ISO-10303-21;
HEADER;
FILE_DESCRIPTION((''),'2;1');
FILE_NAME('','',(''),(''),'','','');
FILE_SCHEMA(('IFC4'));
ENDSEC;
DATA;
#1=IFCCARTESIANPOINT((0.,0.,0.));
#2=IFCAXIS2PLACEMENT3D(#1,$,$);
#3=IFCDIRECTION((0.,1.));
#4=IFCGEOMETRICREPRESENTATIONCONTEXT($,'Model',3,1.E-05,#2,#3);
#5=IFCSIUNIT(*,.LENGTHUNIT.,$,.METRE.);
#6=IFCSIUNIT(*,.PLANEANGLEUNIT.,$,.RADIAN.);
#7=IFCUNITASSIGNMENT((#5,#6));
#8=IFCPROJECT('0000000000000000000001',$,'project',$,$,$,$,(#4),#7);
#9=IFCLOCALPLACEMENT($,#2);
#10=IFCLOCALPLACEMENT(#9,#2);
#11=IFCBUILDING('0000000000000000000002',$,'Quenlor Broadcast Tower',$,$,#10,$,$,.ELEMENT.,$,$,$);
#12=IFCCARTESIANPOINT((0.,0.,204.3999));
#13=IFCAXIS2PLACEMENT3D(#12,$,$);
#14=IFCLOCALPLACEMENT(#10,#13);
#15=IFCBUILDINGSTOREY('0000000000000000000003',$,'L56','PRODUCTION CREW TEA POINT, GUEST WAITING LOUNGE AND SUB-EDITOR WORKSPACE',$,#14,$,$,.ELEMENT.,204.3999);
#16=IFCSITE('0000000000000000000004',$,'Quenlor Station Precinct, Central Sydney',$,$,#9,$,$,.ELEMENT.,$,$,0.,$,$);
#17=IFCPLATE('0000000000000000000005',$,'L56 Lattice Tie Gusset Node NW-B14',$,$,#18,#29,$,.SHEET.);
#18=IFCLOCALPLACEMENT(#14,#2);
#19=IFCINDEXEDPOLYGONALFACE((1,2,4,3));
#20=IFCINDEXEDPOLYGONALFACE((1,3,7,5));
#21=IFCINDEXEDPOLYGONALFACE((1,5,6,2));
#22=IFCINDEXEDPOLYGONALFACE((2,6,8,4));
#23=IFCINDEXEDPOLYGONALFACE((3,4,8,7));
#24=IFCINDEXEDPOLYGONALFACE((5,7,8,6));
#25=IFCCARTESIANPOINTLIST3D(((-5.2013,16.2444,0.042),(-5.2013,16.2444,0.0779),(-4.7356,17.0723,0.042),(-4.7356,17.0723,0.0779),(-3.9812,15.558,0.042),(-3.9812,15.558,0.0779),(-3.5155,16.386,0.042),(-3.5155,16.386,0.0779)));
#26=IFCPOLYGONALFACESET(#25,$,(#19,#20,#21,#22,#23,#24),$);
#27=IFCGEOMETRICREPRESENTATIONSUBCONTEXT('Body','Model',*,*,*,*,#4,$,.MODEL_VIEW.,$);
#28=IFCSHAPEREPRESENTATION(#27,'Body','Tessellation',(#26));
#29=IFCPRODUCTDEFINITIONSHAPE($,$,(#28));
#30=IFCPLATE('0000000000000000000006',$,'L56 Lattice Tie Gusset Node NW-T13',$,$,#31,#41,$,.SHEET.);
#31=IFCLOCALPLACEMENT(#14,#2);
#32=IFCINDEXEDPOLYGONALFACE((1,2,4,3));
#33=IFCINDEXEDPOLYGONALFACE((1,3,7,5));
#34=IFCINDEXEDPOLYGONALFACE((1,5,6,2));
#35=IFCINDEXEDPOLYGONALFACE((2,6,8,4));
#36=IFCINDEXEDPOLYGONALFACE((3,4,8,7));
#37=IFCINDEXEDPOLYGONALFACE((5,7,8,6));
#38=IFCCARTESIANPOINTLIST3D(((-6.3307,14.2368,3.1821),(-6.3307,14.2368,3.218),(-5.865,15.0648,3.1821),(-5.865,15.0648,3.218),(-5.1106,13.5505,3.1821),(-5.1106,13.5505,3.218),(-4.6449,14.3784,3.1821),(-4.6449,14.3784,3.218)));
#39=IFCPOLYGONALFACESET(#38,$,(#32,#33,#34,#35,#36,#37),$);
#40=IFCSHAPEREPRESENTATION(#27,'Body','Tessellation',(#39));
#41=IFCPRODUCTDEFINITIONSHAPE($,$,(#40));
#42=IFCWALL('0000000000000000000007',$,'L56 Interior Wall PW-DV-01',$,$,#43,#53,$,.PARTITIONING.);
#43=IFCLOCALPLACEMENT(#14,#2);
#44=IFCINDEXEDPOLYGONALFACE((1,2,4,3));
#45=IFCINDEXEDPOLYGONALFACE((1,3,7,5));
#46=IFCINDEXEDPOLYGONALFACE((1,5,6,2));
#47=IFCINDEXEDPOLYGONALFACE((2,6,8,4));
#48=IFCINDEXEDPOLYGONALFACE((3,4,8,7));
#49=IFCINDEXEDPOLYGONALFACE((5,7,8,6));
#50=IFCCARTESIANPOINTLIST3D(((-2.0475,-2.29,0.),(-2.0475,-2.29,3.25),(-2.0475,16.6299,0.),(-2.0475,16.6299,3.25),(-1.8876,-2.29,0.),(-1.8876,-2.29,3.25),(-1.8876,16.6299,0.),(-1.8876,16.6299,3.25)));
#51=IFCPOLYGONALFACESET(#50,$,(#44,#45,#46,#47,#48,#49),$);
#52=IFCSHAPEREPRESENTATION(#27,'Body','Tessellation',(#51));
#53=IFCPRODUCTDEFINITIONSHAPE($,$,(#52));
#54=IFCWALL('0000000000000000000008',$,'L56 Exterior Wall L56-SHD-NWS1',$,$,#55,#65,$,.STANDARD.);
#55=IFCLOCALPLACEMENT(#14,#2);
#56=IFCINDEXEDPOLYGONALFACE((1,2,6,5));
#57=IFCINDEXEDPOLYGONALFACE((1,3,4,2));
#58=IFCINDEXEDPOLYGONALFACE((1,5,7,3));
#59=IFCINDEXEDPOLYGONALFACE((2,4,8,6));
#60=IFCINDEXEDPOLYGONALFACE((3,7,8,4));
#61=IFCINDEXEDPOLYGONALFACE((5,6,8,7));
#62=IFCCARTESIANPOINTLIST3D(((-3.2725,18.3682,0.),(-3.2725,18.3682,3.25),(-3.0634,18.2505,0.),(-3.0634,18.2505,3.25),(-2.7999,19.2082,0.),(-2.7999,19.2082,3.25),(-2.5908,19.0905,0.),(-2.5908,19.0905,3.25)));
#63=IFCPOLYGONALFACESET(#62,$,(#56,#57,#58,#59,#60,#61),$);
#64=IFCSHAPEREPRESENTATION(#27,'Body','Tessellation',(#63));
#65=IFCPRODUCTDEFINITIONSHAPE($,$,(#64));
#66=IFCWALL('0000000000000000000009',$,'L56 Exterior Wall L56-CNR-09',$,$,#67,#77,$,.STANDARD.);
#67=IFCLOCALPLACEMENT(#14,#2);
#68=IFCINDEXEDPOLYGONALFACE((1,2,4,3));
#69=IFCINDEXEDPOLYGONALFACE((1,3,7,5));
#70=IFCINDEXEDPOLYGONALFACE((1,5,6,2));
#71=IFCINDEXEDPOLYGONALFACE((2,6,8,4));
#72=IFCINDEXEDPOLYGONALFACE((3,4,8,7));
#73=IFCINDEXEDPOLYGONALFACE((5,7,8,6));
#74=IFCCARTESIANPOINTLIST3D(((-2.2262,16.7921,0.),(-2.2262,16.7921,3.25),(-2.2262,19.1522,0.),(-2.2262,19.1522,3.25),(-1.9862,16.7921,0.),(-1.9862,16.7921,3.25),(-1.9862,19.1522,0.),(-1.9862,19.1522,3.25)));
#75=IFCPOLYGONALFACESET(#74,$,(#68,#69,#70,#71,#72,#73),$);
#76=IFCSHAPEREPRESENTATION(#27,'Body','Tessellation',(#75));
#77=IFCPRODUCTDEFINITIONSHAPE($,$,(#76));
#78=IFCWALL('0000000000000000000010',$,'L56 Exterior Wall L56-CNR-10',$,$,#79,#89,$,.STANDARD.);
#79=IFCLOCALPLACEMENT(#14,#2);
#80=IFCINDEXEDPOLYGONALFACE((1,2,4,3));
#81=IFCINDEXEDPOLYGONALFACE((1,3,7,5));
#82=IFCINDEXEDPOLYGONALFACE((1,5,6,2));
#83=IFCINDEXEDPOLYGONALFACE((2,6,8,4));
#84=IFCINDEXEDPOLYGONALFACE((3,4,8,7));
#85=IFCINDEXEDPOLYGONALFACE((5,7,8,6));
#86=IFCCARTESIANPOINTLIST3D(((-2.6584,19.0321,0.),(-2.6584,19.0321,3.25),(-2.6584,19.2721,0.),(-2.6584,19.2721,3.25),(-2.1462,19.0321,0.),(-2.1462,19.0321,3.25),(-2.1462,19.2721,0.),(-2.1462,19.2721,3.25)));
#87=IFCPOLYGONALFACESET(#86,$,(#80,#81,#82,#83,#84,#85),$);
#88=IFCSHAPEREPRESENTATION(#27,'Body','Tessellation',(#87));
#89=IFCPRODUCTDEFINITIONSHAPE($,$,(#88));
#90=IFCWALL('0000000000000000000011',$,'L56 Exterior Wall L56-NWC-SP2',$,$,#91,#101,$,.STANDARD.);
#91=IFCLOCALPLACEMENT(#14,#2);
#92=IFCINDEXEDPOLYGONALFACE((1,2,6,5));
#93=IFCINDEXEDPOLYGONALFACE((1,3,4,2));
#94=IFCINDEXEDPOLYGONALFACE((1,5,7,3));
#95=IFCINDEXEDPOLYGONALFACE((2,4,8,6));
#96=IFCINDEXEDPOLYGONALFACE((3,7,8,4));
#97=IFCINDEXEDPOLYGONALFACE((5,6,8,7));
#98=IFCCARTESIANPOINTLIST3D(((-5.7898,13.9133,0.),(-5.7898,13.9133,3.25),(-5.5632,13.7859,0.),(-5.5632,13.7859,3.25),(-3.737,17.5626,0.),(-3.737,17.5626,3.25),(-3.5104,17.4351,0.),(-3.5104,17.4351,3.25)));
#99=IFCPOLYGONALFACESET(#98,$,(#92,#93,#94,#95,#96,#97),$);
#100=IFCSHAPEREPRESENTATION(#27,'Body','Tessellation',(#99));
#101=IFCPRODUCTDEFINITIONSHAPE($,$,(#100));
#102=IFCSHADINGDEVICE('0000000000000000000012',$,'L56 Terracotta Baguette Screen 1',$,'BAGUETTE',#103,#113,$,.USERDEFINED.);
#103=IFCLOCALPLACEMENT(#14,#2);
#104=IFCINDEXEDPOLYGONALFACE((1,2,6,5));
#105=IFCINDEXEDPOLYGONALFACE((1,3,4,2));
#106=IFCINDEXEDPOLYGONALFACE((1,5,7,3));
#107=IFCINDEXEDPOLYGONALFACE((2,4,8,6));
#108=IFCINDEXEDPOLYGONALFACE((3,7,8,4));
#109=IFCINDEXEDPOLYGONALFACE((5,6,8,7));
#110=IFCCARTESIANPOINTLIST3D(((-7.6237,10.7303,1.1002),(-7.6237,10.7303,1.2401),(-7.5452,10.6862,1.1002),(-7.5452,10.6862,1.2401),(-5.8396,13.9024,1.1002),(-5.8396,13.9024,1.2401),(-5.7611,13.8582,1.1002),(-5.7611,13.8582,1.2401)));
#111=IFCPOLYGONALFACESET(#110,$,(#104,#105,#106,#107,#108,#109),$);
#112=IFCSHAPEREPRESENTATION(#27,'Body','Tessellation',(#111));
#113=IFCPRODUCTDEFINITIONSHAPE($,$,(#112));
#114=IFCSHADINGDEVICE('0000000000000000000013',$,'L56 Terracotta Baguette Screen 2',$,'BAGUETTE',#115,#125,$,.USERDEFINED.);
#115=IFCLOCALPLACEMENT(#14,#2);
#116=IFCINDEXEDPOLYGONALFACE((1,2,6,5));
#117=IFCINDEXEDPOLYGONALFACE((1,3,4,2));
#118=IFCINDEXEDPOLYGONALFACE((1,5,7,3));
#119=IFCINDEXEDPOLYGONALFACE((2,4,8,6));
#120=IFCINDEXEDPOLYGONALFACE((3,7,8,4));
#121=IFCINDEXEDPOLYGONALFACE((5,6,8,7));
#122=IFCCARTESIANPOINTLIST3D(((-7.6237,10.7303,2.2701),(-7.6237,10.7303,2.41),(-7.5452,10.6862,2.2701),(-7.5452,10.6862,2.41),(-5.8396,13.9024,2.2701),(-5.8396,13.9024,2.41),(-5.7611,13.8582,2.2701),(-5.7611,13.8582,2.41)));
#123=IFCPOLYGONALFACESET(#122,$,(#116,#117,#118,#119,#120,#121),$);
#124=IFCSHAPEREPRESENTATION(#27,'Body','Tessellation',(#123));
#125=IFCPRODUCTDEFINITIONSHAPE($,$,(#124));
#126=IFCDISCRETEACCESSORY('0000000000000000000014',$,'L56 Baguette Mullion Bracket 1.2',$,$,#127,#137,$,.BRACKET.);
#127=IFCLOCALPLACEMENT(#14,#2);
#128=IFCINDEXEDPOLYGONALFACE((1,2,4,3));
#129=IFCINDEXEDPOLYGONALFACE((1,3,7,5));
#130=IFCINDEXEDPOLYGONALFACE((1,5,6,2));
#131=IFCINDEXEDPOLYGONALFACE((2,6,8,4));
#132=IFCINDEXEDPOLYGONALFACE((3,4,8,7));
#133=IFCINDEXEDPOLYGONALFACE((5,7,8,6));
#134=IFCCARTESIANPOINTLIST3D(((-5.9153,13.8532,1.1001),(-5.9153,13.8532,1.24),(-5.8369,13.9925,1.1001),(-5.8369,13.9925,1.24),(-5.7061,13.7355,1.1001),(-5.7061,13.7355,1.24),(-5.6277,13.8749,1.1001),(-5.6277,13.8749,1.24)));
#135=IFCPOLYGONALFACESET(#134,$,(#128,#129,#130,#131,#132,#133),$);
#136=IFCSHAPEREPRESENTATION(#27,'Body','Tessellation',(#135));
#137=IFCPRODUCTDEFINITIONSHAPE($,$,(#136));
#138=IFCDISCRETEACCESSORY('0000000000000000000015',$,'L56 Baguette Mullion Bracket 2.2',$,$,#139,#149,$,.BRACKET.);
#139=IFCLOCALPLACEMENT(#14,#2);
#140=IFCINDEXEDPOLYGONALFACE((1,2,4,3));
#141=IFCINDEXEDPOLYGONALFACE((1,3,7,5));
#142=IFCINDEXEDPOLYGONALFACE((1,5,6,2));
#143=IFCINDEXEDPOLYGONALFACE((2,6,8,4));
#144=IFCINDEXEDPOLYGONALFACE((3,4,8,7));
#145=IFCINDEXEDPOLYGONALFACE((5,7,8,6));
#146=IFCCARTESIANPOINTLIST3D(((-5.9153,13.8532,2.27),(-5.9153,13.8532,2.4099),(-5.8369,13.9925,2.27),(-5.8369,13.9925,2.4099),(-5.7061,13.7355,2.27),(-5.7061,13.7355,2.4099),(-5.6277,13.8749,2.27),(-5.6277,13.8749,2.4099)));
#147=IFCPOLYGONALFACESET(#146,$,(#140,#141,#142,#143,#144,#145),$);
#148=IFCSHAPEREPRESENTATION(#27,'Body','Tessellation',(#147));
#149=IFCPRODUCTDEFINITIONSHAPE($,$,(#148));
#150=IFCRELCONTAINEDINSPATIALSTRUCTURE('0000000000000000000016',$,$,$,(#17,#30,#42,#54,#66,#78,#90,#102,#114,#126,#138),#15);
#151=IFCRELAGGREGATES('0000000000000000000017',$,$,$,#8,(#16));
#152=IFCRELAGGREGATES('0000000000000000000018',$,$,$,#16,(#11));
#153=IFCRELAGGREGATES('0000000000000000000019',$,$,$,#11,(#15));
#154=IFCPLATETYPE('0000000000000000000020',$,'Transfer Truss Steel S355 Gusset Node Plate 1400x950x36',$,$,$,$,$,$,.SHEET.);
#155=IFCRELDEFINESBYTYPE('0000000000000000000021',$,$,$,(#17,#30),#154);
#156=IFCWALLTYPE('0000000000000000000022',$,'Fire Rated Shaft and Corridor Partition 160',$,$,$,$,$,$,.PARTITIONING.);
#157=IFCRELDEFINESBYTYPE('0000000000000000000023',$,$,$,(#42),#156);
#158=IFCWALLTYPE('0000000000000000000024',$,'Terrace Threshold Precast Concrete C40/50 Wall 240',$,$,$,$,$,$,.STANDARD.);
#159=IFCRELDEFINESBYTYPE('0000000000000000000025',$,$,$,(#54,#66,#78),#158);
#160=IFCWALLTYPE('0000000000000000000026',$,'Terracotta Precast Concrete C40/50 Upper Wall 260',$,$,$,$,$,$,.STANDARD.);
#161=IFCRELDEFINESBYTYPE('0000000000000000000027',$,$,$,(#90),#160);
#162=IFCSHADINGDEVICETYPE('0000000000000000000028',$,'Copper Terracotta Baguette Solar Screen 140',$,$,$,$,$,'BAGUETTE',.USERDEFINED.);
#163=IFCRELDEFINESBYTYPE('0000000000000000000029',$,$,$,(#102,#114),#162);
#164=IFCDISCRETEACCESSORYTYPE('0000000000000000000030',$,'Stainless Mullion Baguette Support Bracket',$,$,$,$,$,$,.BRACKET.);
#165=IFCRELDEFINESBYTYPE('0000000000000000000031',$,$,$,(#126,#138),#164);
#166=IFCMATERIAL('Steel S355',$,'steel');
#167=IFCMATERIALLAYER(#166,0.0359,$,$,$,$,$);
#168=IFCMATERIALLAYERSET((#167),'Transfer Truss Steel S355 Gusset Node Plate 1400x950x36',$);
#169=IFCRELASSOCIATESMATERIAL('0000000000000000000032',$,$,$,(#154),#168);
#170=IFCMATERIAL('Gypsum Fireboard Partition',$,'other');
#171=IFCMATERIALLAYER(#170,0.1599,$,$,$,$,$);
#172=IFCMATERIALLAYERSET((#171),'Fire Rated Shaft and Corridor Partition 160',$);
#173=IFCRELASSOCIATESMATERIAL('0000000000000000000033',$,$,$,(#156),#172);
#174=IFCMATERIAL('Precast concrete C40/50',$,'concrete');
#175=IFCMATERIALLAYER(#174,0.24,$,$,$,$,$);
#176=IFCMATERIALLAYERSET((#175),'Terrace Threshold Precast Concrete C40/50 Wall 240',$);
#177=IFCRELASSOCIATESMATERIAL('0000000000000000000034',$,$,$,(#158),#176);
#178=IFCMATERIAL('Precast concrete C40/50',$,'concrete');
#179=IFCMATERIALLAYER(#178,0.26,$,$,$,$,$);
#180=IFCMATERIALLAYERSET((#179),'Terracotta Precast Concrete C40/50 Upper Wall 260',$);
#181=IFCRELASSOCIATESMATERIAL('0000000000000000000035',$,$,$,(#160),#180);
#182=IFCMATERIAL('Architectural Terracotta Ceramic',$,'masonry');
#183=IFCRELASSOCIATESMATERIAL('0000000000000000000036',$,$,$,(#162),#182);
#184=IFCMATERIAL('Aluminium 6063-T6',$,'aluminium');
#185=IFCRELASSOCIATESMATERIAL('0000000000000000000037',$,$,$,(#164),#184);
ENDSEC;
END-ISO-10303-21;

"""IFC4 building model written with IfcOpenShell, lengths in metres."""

from ifc_helpers import new_model, si_unit, direction, frame, frame_2d, origin, origin_2d, place, context, subcontext, project, spatial, rectangle, extrude, material, layer, layer_set, material_profile, profile_set, type_object, element, save


model = new_model("IFC4")

# Units and contexts
model_context = context("Model", 3, precision=1e-05, world=origin(), true_north=direction((0.0, 1.0)))
body_context = subcontext(model_context, "Body", "Model", "MODEL_VIEW")
ifc_project = project(units=[si_unit("LENGTHUNIT", "METRE"), si_unit("PLANEANGLEUNIT", "RADIAN")], contexts=[model_context])

# Site, building, storey
site_placement = place(None, origin())
site = spatial("IfcSite", under=ifc_project, at=site_placement, Name="Quenlor Station Precinct, Central Sydney", CompositionType="ELEMENT", RefElevation=0.0)
building_placement = place(site_placement, origin())
building = spatial("IfcBuilding", under=site, at=building_placement, Name="Quenlor Broadcast Tower", CompositionType="ELEMENT")
storey_placement = place(building_placement, frame((0.0, 0.0, 204.3999)))
storey = spatial("IfcBuildingStorey", under=building, at=storey_placement, Name="L56", Description="PRODUCTION CREW TEA POINT, GUEST WAITING LOUNGE AND SUB-EDITOR WORKSPACE", CompositionType="ELEMENT", Elevation=204.3999)

# Plates
ifc_material_1 = material(Name="Steel S355", Category="steel")
ifc_layer_1 = layer(ifc_material_1, 0.0359)
ifc_layer_set_1 = layer_set([ifc_layer_1], Name="Transfer Truss Steel S355 Gusset Node Plate 1400x950x36")
plate_type_1 = type_object("IfcPlateType", Name="Transfer Truss Steel S355 Gusset Node Plate 1400x950x36", PredefinedType="SHEET", material=ifc_layer_set_1)
for number, where, z_axis, x_axis, name in (
    (1, (-4.3584, 16.3152, 0.042), (0.0, 0.0, 1.0), (-0.871556, 0.490295, 0.0), "L56 Lattice Tie Gusset Node NW-B14"),
    (2, (-5.4878, 14.3076, 3.1821), (0.0, 0.0, 1.0), (-0.871556, 0.490295, 0.0), "L56 Lattice Tie Gusset Node NW-T13"),
):
    element("IfcPlate", number, at=place(storey_placement, frame(where, z_axis=z_axis, x_axis=x_axis)), inside=storey, type_object=plate_type_1, Name=name, PredefinedType="SHEET", context=body_context, shape_type="SweptSolid", body=[
        extrude(rectangle(XDim=1.3999, YDim=0.95, at=origin_2d()), origin(), (0.0, 0.0, 1.0), 0.0359),
    ])

# Walls
ifc_material_2 = material(Name="Gypsum Fireboard Partition", Category="other")
ifc_layer_2 = layer(ifc_material_2, 0.1599)
ifc_layer_set_2 = layer_set([ifc_layer_2], Name="Fire Rated Shaft and Corridor Partition 160")
wall_type_1 = type_object("IfcWallType", Name="Fire Rated Shaft and Corridor Partition 160", PredefinedType="PARTITIONING", material=ifc_layer_set_2)
wall_1_placement = place(storey_placement, frame((-1.9675, 16.6299, 0.0), z_axis=(0.0, 0.0, 1.0), x_axis=(0.0, -1.0, 0.0)))
element("IfcWall", 3, at=wall_1_placement, inside=storey, type_object=wall_type_1, Name="L56 Interior Wall PW-DV-01", PredefinedType="PARTITIONING", context=body_context, shape_type="SweptSolid", body=[
    extrude(rectangle(XDim=18.9199, YDim=0.1599, at=frame_2d((9.46, 0.0))), origin(), (0.0, 0.0, 1.0), 3.25),
])
ifc_material_3 = material(Name="Precast concrete C40/50", Category="concrete")
ifc_layer_3 = layer(ifc_material_3, 0.24)
ifc_layer_set_3 = layer_set([ifc_layer_3], Name="Terrace Threshold Precast Concrete C40/50 Wall 240")
wall_type_2 = type_object("IfcWallType", Name="Terrace Threshold Precast Concrete C40/50 Wall 240", PredefinedType="STANDARD", material=ifc_layer_set_3)
wall_2_placement = place(storey_placement, frame((-3.168, 18.3093, 0.0), z_axis=(0.0, 0.0, 1.0), x_axis=(0.490345, 0.871528, 0.0)))
element("IfcWall", 4, at=wall_2_placement, inside=storey, type_object=wall_type_2, Name="L56 Exterior Wall L56-SHD-NWS1", PredefinedType="STANDARD", context=body_context, shape_type="SweptSolid", body=[
    extrude(rectangle(XDim=0.9639, YDim=0.24, at=frame_2d((0.4819, 0.0))), origin(), (0.0, 0.0, 1.0), 3.25),
])
wall_3_placement = place(storey_placement, frame((-2.1062, 16.792, 0.0), z_axis=(0.0, 0.0, 1.0), x_axis=(0.0, 1.0, 0.0)))
element("IfcWall", 5, at=wall_3_placement, inside=storey, type_object=wall_type_2, Name="L56 Exterior Wall L56-CNR-09", PredefinedType="STANDARD", context=body_context, shape_type="SweptSolid", body=[
    extrude(rectangle(XDim=2.3601, YDim=0.24, at=frame_2d((1.1802, 0.0))), origin(), (0.0, 0.0, 1.0), 3.25),
])
wall_4_placement = place(storey_placement, frame((-2.1462, 19.1521, 0.0), z_axis=(0.0, 0.0, 1.0), x_axis=(-1.0, 0.0, 0.0)))
element("IfcWall", 6, at=wall_4_placement, inside=storey, type_object=wall_type_2, Name="L56 Exterior Wall L56-CNR-10", PredefinedType="STANDARD", context=body_context, shape_type="SweptSolid", body=[
    extrude(rectangle(XDim=0.5122, YDim=0.24, at=frame_2d((0.2561, 0.0))), origin(), (0.0, 0.0, 1.0), 3.25),
])
ifc_material_4 = material(Name="Precast concrete C40/50", Category="concrete")
ifc_layer_4 = layer(ifc_material_4, 0.26)
ifc_layer_set_4 = layer_set([ifc_layer_4], Name="Terracotta Precast Concrete C40/50 Upper Wall 260")
wall_type_3 = type_object("IfcWallType", Name="Terracotta Precast Concrete C40/50 Upper Wall 260", PredefinedType="STANDARD", material=ifc_layer_set_4)
wall_5_placement = place(storey_placement, frame((-5.6765, 13.8496, 0.0), z_axis=(0.0, 0.0, 1.0), x_axis=(0.490275, 0.871568, 0.0)))
element("IfcWall", 7, at=wall_5_placement, inside=storey, type_object=wall_type_3, Name="L56 Exterior Wall L56-NWC-SP2", PredefinedType="STANDARD", context=body_context, shape_type="SweptSolid", body=[
    extrude(rectangle(XDim=4.187, YDim=0.26, at=frame_2d((2.0935, 0.0))), origin(), (0.0, 0.0, 1.0), 3.25),
])

# Shading devices
ifc_material_5 = material(Name="Architectural Terracotta Ceramic", Category="masonry")
ifc_material_profile_1 = material_profile(ifc_material_5, rectangle(XDim=0.0901, YDim=0.1399, at=origin_2d()))
ifc_profile_set_1 = profile_set([ifc_material_profile_1], Name="Architectural Terracotta Ceramic BAG90x140")
shading_device_type = type_object("IfcShadingDeviceType", Name="Copper Terracotta Baguette Solar Screen 140", ElementType="BAGUETTE", PredefinedType="USERDEFINED", material=ifc_profile_set_1)
for number, where, z_axis, x_axis, name in (
    (8, (-7.5845, 10.7083, 1.1702), (0.490233, 0.871592, 0.0), (-0.871592, 0.490233, 0.0), "L56 Terracotta Baguette Screen 1"),
    (9, (-7.5845, 10.7083, 2.3401), (0.490233, 0.871592, 0.0), (-0.871592, 0.490233, 0.0), "L56 Terracotta Baguette Screen 2"),
):
    element("IfcShadingDevice", number, at=place(storey_placement, frame(where, z_axis=z_axis, x_axis=x_axis)), inside=storey, type_object=shading_device_type, Name=name, ObjectType="BAGUETTE", PredefinedType="USERDEFINED", context=body_context, shape_type="SweptSolid", body=[
        extrude(rectangle(XDim=0.0901, YDim=0.1399, at=origin_2d()), origin(), (0.0, 0.0, 1.0), 3.6394),
    ])

# Discrete accessories
ifc_material_6 = material(Name="Aluminium 6063-T6", Category="aluminium")
discrete_accessory_type = type_object("IfcDiscreteAccessoryType", Name="Stainless Mullion Baguette Support Bracket", PredefinedType="BRACKET", material=ifc_material_6)
for number, where, z_axis, x_axis, name in (
    (10, (-5.7715, 13.864, 1.1001), (0.0, 0.0, 1.0), (0.49026, 0.871576, 0.0), "L56 Baguette Mullion Bracket 1.2"),
    (11, (-5.7715, 13.864, 2.27), (0.0, 0.0, 1.0), (0.49026, 0.871576, 0.0), "L56 Baguette Mullion Bracket 2.2"),
):
    element("IfcDiscreteAccessory", number, at=place(storey_placement, frame(where, z_axis=z_axis, x_axis=x_axis)), inside=storey, type_object=discrete_accessory_type, Name=name, PredefinedType="BRACKET", context=body_context, shape_type="SweptSolid", body=[
        extrude(rectangle(XDim=0.1599, YDim=0.24, at=origin_2d()), origin(), (0.0, 0.0, 1.0), 0.1399),
    ])

save(model, "model.ifc")
